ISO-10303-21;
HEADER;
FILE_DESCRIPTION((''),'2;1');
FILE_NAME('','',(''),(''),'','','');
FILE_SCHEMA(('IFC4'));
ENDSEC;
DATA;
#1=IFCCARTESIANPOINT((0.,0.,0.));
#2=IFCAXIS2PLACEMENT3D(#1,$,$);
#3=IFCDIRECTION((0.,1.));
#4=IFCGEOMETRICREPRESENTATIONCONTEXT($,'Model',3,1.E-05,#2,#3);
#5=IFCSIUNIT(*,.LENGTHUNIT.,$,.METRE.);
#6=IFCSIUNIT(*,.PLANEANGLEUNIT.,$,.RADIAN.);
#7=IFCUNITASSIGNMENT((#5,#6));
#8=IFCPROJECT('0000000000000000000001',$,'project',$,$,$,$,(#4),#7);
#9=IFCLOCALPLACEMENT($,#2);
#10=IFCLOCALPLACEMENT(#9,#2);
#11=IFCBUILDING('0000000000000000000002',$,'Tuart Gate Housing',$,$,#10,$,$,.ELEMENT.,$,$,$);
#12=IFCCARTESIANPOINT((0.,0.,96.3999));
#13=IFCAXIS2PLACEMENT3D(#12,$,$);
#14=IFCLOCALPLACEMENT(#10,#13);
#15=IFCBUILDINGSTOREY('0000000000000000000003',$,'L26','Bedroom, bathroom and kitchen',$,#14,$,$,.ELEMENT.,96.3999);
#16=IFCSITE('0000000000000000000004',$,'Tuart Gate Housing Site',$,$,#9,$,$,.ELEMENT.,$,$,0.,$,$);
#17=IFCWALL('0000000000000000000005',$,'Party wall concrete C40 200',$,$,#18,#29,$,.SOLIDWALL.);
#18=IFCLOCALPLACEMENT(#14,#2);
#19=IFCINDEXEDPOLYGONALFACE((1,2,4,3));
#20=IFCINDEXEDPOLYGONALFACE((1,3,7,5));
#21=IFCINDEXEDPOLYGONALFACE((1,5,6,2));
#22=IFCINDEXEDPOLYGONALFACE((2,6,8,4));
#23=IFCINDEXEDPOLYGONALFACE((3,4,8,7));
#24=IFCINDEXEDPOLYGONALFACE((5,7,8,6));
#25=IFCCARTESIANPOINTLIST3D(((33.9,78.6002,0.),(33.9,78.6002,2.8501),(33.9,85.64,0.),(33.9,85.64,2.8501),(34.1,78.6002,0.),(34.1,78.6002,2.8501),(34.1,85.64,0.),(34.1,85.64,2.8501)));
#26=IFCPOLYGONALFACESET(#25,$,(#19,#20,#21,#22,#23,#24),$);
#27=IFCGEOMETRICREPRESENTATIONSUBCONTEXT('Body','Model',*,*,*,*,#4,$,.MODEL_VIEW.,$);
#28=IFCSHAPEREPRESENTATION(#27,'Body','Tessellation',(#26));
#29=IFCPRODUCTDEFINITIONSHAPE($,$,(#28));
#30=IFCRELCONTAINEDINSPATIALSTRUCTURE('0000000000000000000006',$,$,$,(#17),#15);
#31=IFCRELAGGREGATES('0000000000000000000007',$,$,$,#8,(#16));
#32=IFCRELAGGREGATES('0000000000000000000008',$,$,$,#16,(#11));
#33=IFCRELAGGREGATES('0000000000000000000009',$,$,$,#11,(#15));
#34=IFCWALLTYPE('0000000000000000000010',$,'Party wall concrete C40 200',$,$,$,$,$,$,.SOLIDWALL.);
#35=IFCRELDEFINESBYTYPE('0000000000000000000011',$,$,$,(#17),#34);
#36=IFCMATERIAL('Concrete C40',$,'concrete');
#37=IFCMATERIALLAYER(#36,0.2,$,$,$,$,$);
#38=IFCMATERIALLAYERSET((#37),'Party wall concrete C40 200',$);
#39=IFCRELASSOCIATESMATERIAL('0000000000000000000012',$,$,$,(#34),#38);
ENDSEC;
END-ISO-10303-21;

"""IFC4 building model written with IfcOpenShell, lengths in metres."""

from ifc_helpers import new_model, si_unit, direction, frame, frame_2d, origin, place, context, subcontext, project, spatial, rectangle, extrude, material, layer, layer_set, type_object, element, save


model = new_model("IFC4")

# Units and contexts
model_context = context("Model", 3, precision=1e-05, world=origin(), true_north=direction((0.0, 1.0)))
body_context = subcontext(model_context, "Body", "Model", "MODEL_VIEW")
ifc_project = project(units=[si_unit("LENGTHUNIT", "METRE"), si_unit("PLANEANGLEUNIT", "RADIAN")], contexts=[model_context])

# Site, building, storey
site_placement = place(None, origin())
site = spatial("IfcSite", under=ifc_project, at=site_placement, Name="Tuart Gate Housing Site", CompositionType="ELEMENT", RefElevation=0.0)
building_placement = place(site_placement, origin())
building = spatial("IfcBuilding", under=site, at=building_placement, Name="Tuart Gate Housing", CompositionType="ELEMENT")
storey_placement = place(building_placement, frame((0.0, 0.0, 96.3999)))
storey = spatial("IfcBuildingStorey", under=building, at=storey_placement, Name="L26", Description="Bedroom, bathroom and kitchen", CompositionType="ELEMENT", Elevation=96.3999)

# Wall
ifc_material_1 = material(Name="Concrete C40", Category="concrete")
ifc_layer_1 = layer(ifc_material_1, 0.2)
ifc_layer_set_1 = layer_set([ifc_layer_1], Name="Party wall concrete C40 200")
wall_type_1 = type_object("IfcWallType", Name="Party wall concrete C40 200", PredefinedType="SOLIDWALL", material=ifc_layer_set_1)
wall_1_placement = place(storey_placement, frame((34.0, 78.6001, 0.0), z_axis=(0.0, 0.0, 1.0), x_axis=(0.0, 1.0, 0.0)))
element("IfcWall", 1, at=wall_1_placement, inside=storey, type_object=wall_type_1, Name="Party wall concrete C40 200", PredefinedType="SOLIDWALL", context=body_context, shape_type="SweptSolid", body=[
    extrude(rectangle(XDim=7.0398, YDim=0.2, at=frame_2d((3.52, 0.0))), origin(), (0.0, 0.0, 1.0), 2.8501),
])

save(model, "model.ifc")
